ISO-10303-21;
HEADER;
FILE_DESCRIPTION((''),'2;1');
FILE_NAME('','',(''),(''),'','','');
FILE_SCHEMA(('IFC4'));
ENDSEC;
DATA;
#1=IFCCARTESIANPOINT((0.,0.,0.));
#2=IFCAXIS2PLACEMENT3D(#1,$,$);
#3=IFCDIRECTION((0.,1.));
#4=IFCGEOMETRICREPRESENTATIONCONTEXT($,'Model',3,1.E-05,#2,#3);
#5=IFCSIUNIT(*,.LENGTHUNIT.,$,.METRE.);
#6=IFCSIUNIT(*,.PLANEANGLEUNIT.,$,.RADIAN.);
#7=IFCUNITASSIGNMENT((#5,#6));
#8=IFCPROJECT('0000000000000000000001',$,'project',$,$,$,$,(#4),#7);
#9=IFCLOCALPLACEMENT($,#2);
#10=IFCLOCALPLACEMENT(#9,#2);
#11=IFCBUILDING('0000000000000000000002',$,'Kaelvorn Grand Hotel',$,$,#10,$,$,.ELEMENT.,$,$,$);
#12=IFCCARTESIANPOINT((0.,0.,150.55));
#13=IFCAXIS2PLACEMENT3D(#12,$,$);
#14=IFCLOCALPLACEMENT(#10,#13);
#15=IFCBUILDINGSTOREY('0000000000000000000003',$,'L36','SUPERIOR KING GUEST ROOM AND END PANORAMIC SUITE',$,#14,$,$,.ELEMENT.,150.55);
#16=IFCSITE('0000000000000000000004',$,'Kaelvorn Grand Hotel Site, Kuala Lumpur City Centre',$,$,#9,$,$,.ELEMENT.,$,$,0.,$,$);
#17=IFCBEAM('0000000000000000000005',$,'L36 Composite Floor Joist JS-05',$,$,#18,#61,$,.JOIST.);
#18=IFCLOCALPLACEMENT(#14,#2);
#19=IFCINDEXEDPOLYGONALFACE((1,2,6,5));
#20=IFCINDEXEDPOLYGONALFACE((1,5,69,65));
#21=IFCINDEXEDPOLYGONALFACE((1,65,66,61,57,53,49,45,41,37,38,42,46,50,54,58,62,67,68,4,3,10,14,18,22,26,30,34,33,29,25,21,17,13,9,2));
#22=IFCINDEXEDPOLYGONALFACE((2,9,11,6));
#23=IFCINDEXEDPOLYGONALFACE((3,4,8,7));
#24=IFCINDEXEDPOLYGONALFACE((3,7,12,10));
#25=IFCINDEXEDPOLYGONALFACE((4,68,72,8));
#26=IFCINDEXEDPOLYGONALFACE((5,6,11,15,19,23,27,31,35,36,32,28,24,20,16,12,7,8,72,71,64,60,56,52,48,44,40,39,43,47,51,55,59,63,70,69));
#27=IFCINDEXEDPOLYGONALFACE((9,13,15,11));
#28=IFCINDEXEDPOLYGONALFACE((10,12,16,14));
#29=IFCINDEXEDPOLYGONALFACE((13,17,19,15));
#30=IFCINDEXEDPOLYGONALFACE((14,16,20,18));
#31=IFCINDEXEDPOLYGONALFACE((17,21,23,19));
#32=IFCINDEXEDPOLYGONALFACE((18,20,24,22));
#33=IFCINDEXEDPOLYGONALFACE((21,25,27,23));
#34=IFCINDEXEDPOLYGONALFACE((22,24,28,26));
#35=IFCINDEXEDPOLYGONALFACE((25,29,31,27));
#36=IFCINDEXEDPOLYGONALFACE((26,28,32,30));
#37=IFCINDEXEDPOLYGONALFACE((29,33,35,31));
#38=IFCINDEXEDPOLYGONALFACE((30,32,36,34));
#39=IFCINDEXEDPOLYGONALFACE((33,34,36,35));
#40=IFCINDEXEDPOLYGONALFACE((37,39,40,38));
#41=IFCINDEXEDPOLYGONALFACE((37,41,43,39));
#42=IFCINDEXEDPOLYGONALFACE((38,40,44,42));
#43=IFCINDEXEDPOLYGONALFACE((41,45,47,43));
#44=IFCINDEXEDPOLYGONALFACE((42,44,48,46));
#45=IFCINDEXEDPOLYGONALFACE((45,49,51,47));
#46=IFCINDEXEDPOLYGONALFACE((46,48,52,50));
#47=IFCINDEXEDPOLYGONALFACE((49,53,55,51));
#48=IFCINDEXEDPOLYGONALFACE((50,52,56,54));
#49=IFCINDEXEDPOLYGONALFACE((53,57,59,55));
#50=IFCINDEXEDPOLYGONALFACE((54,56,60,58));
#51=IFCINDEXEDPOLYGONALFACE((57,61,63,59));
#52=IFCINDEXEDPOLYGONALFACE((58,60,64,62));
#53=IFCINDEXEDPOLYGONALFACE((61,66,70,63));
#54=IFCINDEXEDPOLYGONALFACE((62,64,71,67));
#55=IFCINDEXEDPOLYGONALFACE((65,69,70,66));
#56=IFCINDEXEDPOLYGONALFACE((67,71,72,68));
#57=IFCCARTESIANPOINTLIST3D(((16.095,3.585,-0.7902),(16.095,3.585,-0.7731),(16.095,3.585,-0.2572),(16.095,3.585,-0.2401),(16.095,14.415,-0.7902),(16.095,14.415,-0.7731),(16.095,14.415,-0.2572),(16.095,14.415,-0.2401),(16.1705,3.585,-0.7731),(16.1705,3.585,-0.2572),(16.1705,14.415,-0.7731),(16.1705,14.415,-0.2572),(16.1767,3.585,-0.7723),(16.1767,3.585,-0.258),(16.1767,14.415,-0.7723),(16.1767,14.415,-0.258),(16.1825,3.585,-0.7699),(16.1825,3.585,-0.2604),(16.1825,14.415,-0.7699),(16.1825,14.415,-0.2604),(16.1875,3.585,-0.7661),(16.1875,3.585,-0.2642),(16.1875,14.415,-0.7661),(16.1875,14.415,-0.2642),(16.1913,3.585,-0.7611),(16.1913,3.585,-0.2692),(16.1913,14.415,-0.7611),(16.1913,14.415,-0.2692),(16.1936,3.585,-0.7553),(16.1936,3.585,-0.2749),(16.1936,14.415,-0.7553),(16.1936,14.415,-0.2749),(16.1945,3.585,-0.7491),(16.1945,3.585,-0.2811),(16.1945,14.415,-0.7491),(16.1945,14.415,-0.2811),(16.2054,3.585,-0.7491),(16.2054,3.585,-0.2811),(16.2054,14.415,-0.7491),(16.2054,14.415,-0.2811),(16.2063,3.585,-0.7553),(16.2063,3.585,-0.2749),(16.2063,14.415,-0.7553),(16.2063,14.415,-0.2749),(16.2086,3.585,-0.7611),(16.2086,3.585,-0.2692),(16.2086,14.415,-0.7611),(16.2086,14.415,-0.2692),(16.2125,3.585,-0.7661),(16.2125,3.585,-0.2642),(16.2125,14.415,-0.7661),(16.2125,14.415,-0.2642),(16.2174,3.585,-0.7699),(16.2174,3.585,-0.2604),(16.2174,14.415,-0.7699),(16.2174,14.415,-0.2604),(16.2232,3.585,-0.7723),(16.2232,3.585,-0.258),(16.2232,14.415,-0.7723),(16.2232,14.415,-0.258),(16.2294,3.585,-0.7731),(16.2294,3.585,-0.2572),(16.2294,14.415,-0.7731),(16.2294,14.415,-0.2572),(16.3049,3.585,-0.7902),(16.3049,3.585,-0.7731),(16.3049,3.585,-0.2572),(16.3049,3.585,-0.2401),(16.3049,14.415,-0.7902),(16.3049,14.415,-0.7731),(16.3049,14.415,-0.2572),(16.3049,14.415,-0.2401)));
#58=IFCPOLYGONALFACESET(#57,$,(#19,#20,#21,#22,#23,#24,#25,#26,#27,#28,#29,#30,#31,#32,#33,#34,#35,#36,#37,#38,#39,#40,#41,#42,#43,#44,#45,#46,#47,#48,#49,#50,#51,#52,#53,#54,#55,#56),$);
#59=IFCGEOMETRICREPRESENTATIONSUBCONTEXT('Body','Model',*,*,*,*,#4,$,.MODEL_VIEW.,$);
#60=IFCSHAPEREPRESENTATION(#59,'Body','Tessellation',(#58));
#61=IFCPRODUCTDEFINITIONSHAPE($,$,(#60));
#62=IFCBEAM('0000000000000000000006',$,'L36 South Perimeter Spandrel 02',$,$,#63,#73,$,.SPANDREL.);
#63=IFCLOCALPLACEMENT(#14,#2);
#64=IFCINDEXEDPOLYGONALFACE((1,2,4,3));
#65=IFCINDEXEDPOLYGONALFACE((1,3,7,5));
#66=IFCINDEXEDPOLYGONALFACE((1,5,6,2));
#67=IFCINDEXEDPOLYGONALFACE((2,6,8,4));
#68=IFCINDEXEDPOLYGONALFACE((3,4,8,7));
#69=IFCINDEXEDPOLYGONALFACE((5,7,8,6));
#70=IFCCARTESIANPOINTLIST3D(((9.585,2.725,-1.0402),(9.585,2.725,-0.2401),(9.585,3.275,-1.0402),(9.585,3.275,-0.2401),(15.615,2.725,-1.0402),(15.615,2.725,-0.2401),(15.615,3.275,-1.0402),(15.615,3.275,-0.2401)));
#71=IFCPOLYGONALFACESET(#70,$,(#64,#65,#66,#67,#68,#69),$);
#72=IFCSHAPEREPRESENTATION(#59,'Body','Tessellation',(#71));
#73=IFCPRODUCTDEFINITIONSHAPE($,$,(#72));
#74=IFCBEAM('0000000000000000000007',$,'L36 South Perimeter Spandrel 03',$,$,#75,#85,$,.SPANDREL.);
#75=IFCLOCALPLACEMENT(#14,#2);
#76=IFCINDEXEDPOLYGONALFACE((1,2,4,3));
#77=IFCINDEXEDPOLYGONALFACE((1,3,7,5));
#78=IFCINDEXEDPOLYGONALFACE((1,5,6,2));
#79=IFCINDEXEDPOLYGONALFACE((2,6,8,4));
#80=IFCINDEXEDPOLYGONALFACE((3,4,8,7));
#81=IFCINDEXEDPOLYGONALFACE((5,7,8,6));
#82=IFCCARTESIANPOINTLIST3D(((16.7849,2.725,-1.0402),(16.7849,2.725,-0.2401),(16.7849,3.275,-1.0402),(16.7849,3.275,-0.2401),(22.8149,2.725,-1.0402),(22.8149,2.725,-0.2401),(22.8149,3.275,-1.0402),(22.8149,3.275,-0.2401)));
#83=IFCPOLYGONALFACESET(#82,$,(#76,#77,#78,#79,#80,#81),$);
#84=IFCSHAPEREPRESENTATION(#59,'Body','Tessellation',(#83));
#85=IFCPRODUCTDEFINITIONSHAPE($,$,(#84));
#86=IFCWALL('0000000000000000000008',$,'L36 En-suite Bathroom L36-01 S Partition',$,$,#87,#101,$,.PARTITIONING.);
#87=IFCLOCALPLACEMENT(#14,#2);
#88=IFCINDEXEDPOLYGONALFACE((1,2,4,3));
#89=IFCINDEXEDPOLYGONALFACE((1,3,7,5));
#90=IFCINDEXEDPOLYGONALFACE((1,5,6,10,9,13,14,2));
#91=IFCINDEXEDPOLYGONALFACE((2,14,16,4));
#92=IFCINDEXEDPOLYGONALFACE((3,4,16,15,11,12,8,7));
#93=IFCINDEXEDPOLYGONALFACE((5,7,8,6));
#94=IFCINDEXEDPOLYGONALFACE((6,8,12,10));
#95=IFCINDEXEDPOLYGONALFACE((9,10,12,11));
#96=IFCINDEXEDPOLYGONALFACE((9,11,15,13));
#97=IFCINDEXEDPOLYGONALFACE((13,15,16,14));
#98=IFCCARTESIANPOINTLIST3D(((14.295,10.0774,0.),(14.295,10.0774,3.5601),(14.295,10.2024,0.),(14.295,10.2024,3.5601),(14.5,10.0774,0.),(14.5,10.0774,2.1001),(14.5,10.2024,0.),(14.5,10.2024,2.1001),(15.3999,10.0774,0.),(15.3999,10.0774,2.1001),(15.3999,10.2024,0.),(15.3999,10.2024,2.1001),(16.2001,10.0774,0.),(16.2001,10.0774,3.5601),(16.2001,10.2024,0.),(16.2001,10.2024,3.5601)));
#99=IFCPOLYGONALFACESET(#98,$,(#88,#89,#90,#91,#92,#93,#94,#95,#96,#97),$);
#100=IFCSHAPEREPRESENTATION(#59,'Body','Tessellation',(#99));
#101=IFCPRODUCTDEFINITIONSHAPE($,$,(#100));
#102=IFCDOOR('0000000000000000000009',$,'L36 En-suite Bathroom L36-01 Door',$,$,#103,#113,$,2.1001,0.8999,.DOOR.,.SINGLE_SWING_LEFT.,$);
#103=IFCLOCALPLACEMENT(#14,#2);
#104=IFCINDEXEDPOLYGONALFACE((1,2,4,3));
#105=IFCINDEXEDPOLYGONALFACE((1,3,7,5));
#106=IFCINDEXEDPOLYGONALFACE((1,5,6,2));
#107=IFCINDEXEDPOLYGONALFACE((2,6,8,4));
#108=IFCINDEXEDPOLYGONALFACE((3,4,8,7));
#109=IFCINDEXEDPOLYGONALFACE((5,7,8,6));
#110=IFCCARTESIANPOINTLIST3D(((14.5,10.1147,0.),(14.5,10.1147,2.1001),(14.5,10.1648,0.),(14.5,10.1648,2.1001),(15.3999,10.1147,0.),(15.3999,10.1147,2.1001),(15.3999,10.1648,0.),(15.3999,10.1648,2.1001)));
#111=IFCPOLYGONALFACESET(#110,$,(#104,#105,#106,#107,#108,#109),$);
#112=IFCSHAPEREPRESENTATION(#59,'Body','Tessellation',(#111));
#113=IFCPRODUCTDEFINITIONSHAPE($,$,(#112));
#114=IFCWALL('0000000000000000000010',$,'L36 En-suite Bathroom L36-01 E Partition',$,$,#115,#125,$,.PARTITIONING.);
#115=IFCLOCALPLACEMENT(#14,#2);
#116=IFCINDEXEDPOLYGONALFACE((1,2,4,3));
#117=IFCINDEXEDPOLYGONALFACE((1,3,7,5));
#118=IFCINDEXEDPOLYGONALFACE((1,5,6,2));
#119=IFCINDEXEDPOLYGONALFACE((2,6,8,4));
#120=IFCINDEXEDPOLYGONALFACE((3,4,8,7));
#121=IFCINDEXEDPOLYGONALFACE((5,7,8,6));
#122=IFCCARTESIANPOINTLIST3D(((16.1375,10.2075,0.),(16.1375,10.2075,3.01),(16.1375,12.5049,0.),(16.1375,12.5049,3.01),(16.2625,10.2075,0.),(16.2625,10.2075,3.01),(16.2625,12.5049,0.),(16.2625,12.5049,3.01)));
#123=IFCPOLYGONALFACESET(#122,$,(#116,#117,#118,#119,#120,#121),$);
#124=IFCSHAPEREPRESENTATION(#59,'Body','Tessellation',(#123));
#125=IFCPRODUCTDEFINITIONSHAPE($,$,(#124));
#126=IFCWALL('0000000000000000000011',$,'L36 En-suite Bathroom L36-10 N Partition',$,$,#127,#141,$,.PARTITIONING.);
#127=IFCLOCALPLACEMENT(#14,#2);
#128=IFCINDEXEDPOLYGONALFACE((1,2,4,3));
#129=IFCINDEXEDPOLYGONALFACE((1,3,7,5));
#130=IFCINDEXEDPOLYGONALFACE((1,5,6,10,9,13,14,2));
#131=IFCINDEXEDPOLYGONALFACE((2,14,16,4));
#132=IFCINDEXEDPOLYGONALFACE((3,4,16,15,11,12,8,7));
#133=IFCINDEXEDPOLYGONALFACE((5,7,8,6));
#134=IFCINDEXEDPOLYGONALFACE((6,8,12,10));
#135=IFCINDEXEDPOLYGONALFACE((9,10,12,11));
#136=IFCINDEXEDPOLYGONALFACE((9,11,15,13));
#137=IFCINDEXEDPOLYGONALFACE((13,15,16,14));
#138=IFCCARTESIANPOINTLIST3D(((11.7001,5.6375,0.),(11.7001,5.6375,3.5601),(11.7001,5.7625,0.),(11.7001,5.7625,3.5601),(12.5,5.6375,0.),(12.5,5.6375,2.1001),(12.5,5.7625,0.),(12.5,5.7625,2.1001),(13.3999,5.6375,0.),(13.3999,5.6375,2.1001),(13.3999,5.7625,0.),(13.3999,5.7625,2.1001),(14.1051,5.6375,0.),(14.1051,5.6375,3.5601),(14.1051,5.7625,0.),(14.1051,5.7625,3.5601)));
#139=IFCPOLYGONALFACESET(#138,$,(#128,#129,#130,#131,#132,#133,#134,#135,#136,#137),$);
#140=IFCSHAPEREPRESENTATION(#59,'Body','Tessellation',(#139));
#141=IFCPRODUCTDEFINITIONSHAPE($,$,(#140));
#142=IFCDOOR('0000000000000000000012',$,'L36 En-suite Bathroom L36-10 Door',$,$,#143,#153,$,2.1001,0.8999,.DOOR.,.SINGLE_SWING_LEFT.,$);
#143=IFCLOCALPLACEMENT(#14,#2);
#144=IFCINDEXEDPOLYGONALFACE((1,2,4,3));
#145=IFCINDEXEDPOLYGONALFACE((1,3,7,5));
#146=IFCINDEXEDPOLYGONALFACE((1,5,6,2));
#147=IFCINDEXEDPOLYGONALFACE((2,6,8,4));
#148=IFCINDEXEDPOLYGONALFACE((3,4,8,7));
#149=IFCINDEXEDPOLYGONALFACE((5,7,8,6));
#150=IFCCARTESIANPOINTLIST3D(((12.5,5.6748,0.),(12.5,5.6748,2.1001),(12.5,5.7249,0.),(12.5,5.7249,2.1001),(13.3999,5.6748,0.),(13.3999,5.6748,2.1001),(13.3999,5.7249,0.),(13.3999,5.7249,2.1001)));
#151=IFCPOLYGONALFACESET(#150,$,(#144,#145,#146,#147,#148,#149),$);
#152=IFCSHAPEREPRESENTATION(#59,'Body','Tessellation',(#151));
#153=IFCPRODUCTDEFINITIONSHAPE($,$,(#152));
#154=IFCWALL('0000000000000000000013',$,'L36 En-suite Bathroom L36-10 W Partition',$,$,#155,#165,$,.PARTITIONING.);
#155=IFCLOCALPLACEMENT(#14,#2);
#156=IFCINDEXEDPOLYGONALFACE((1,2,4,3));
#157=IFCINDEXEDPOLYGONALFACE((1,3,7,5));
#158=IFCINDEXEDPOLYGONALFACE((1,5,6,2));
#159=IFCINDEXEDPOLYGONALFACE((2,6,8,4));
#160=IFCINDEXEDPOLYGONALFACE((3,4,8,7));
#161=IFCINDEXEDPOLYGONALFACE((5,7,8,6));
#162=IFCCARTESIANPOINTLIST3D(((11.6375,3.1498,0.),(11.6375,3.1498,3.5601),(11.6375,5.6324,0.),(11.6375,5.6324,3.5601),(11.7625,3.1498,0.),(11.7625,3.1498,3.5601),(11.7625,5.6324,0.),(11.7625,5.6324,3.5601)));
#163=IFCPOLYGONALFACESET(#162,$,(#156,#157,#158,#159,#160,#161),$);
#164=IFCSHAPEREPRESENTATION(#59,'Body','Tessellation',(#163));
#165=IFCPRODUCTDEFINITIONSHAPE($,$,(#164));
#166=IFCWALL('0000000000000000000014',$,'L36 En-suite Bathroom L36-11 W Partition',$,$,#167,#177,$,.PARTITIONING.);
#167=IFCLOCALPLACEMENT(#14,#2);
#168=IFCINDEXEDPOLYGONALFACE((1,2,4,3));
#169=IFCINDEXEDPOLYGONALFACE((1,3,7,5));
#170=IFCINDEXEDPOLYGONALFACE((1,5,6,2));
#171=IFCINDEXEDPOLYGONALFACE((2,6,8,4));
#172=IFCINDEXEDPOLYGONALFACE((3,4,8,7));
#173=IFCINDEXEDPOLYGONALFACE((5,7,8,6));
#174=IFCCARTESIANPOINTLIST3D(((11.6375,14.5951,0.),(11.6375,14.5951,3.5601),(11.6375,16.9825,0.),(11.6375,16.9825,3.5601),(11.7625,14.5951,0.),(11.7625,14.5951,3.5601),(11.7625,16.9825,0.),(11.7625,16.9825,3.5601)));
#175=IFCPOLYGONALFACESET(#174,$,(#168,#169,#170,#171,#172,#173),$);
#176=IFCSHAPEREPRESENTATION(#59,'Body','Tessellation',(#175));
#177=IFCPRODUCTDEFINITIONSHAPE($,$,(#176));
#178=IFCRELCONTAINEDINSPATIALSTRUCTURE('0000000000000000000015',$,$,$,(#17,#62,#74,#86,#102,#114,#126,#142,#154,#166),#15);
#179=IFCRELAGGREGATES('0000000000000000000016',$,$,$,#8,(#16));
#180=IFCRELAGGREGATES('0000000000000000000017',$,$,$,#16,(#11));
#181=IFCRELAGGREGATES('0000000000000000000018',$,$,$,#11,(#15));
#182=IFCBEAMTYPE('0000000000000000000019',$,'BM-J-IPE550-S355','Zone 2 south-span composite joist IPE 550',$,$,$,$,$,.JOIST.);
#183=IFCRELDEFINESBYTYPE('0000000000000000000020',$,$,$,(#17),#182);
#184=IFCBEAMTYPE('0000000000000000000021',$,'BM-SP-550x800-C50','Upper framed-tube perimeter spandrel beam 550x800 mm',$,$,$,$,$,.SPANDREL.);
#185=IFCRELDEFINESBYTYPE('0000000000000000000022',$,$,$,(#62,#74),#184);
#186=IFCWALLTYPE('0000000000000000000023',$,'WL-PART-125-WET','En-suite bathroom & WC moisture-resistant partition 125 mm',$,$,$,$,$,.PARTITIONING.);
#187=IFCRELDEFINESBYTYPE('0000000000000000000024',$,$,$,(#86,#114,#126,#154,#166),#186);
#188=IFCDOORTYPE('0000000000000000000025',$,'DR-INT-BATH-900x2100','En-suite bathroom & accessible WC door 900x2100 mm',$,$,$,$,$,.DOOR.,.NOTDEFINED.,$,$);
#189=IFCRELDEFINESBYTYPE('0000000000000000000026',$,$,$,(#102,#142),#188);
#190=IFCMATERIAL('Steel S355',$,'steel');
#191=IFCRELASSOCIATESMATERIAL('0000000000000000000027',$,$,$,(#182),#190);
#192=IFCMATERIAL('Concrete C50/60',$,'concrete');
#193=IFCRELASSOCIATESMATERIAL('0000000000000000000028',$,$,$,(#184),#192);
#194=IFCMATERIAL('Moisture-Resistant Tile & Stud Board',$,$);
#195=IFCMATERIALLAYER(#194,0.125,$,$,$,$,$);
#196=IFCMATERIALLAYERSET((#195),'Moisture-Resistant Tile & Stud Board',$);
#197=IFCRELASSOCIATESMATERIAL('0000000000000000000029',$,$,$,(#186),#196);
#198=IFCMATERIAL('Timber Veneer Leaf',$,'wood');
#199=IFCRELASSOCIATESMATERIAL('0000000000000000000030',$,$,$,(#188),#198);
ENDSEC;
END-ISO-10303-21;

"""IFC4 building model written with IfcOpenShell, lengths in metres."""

from ifc_helpers import new_model, si_unit, direction, frame, frame_2d, origin, origin_2d, place, context, subcontext, project, spatial, rectangle, i_section, extrude, material, layer, layer_set, material_profile, profile_set, type_object, element, fill, save


model = new_model("IFC4")

# Units and contexts
model_context = context("Model", 3, precision=1e-05, world=origin(), true_north=direction((0.0, 1.0)))
body_context = subcontext(model_context, "Body", "Model", "MODEL_VIEW")
ifc_project = project(units=[si_unit("LENGTHUNIT", "METRE"), si_unit("PLANEANGLEUNIT", "RADIAN")], contexts=[model_context])

# Site, building, storey
site_placement = place(None, origin())
site = spatial("IfcSite", under=ifc_project, at=site_placement, Name="Kaelvorn Grand Hotel Site, Kuala Lumpur City Centre", CompositionType="ELEMENT", RefElevation=0.0)
building_placement = place(site_placement, origin())
building = spatial("IfcBuilding", under=site, at=building_placement, Name="Kaelvorn Grand Hotel", CompositionType="ELEMENT")
storey_placement = place(building_placement, frame((0.0, 0.0, 150.55)))
storey = spatial("IfcBuildingStorey", under=building, at=storey_placement, Name="L36", Description="SUPERIOR KING GUEST ROOM AND END PANORAMIC SUITE", CompositionType="ELEMENT", Elevation=150.55)

# Beams
ifc_material_1 = material(Name="Steel S355", Category="steel")
ifc_material_profile_1 = material_profile(ifc_material_1, i_section(OverallWidth=0.21, OverallDepth=0.55, WebThickness=0.011, FlangeThickness=0.0171, FilletRadius=0.0239, at=origin_2d()), Name="IPE 550")
ifc_profile_set_1 = profile_set([ifc_material_profile_1], Name="Steel S355")
beam_type_1 = type_object("IfcBeamType", Name="BM-J-IPE550-S355", Description="Zone 2 south-span composite joist IPE 550", PredefinedType="JOIST", material=ifc_profile_set_1)
beam_1_placement = place(storey_placement, frame((16.2, 3.585, -0.5151), z_axis=(0.0, 1.0, 0.0), x_axis=(-1.0, 0.0, 0.0)))
element("IfcBeam", 1, at=beam_1_placement, inside=storey, type_object=beam_type_1, Name="L36 Composite Floor Joist JS-05", PredefinedType="JOIST", context=body_context, shape_type="SweptSolid", body=[
    extrude(i_section(OverallWidth=0.21, OverallDepth=0.55, WebThickness=0.011, FlangeThickness=0.0171, FilletRadius=0.0239, at=origin_2d()), origin(), (0.0, 0.0, 1.0), 10.8301),
])
ifc_material_2 = material(Name="Concrete C50/60", Category="concrete")
ifc_material_profile_2 = material_profile(ifc_material_2, rectangle(XDim=0.55, YDim=0.8, at=origin_2d()), Name="RC SPANDREL 550x800")
ifc_profile_set_2 = profile_set([ifc_material_profile_2], Name="Concrete C50/60")
beam_type_2 = type_object("IfcBeamType", Name="BM-SP-550x800-C50", Description="Upper framed-tube perimeter spandrel beam 550x800 mm", PredefinedType="SPANDREL", material=ifc_profile_set_2)
for number, where, z_axis, x_axis, name in (
    (2, (9.585, 3.0, -0.6401), (1.0, 0.0, 0.0), (0.0, 1.0, 0.0), "L36 South Perimeter Spandrel 02"),
    (3, (16.7849, 3.0, -0.6401), (1.0, 0.0, 0.0), (0.0, 1.0, 0.0), "L36 South Perimeter Spandrel 03"),
):
    element("IfcBeam", number, at=place(storey_placement, frame(where, z_axis=z_axis, x_axis=x_axis)), inside=storey, type_object=beam_type_2, Name=name, PredefinedType="SPANDREL", context=body_context, shape_type="SweptSolid", body=[
        extrude(rectangle(XDim=0.55, YDim=0.8, at=origin_2d()), origin(), (0.0, 0.0, 1.0), 6.03),
    ])

# Wall, opening, door
ifc_material_3 = material(Name="Moisture-Resistant Tile & Stud Board")
ifc_layer_1 = layer(ifc_material_3, 0.125)
ifc_layer_set_1 = layer_set([ifc_layer_1], Name="Moisture-Resistant Tile & Stud Board")
wall_type_1 = type_object("IfcWallType", Name="WL-PART-125-WET", Description="En-suite bathroom & WC moisture-resistant partition 125 mm", PredefinedType="PARTITIONING", material=ifc_layer_set_1)
wall_1_placement = place(storey_placement, frame((14.2949, 10.1399, 0.0), z_axis=(0.0, 0.0, 1.0), x_axis=(1.0, 0.0, 0.0)))
wall_1 = element("IfcWall", 4, at=wall_1_placement, inside=storey, type_object=wall_type_1, Name="L36 En-suite Bathroom L36-01 S Partition", PredefinedType="PARTITIONING", context=body_context, shape_type="SweptSolid", body=[
    extrude(rectangle(XDim=1.905, YDim=0.125, at=frame_2d((0.9526, 0.0))), origin(), (0.0, 0.0, 1.0), 3.5601),
])
opening_1_placement = place(wall_1_placement, frame((0.2051, 0.0, 0.0)))
opening_1 = element("IfcOpeningElement", 5, at=opening_1_placement, cuts=wall_1, PredefinedType="OPENING", context=body_context, shape_type="SweptSolid", body=[
    extrude(rectangle(XDim=0.8999, YDim=2.1001, at=frame_2d((0.45, 1.05))), frame((0.0, 0.0725, 0.0), z_axis=(0.0, -1.0, 0.0), x_axis=(1.0, 0.0, 0.0)), (0.0, 0.0, 1.0), 0.145),
])
ifc_material_4 = material(Name="Timber Veneer Leaf", Category="wood")
door_type_1 = type_object("IfcDoorType", Name="DR-INT-BATH-900x2100", Description="En-suite bathroom & accessible WC door 900x2100 mm", OperationType="NOTDEFINED", PredefinedType="DOOR", material=ifc_material_4)
door_1_placement = place(opening_1_placement, origin())
door_1 = element("IfcDoor", 6, at=door_1_placement, inside=storey, type_object=door_type_1, Name="L36 En-suite Bathroom L36-01 Door", OperationType="SINGLE_SWING_LEFT", OverallHeight=2.1001, OverallWidth=0.8999, PredefinedType="DOOR", context=body_context, shape_type="SweptSolid", body=[
    extrude(rectangle(XDim=0.8999, YDim=2.1001, at=frame_2d((0.45, 1.05))), frame((0.0, 0.0249, 0.0), z_axis=(0.0, -1.0, 0.0), x_axis=(1.0, 0.0, 0.0)), (0.0, 0.0, 1.0), 0.05),
])
fill(opening_1, door_1)

# Wall
wall_2_placement = place(storey_placement, frame((16.2, 10.2075, 0.0), z_axis=(0.0, 0.0, 1.0), x_axis=(0.0, 1.0, 0.0)))
element("IfcWall", 7, at=wall_2_placement, inside=storey, type_object=wall_type_1, Name="L36 En-suite Bathroom L36-01 E Partition", PredefinedType="PARTITIONING", context=body_context, shape_type="SweptSolid", body=[
    extrude(rectangle(XDim=2.2974, YDim=0.125, at=frame_2d((1.1487, 0.0))), origin(), (0.0, 0.0, 1.0), 3.01),
])

# Wall, opening, door
wall_3_placement = place(storey_placement, frame((11.7, 5.7, 0.0), z_axis=(0.0, 0.0, 1.0), x_axis=(1.0, 0.0, 0.0)))
wall_3 = element("IfcWall", 8, at=wall_3_placement, inside=storey, type_object=wall_type_1, Name="L36 En-suite Bathroom L36-10 N Partition", PredefinedType="PARTITIONING", context=body_context, shape_type="SweptSolid", body=[
    extrude(rectangle(XDim=2.405, YDim=0.125, at=frame_2d((1.2026, 0.0))), origin(), (0.0, 0.0, 1.0), 3.5601),
])
opening_2_placement = place(wall_3_placement, frame((0.8, 0.0, 0.0)))
opening_2 = element("IfcOpeningElement", 9, at=opening_2_placement, cuts=wall_3, PredefinedType="OPENING", context=body_context, shape_type="SweptSolid", body=[
    extrude(rectangle(XDim=0.8999, YDim=2.1001, at=frame_2d((0.45, 1.05))), frame((0.0, 0.0725, 0.0), z_axis=(0.0, -1.0, 0.0), x_axis=(1.0, 0.0, 0.0)), (0.0, 0.0, 1.0), 0.145),
])
door_2_placement = place(opening_2_placement, origin())
door_2 = element("IfcDoor", 10, at=door_2_placement, inside=storey, type_object=door_type_1, Name="L36 En-suite Bathroom L36-10 Door", OperationType="SINGLE_SWING_LEFT", OverallHeight=2.1001, OverallWidth=0.8999, PredefinedType="DOOR", context=body_context, shape_type="SweptSolid", body=[
    extrude(rectangle(XDim=0.8999, YDim=2.1001, at=frame_2d((0.45, 1.05))), frame((0.0, 0.0249, 0.0), z_axis=(0.0, -1.0, 0.0), x_axis=(1.0, 0.0, 0.0)), (0.0, 0.0, 1.0), 0.05),
])
fill(opening_2, door_2)

# Walls
wall_4_placement = place(storey_placement, frame((11.7, 3.1499, 0.0), z_axis=(0.0, 0.0, 1.0), x_axis=(0.0, 1.0, 0.0)))
element("IfcWall", 11, at=wall_4_placement, inside=storey, type_object=wall_type_1, Name="L36 En-suite Bathroom L36-10 W Partition", PredefinedType="PARTITIONING", context=body_context, shape_type="SweptSolid", body=[
    extrude(rectangle(XDim=2.4827, YDim=0.125, at=frame_2d((1.2412, 0.0))), origin(), (0.0, 0.0, 1.0), 3.5601),
])
wall_5_placement = place(storey_placement, frame((11.7, 14.595, 0.0), z_axis=(0.0, 0.0, 1.0), x_axis=(0.0, 1.0, 0.0)))
element("IfcWall", 12, at=wall_5_placement, inside=storey, type_object=wall_type_1, Name="L36 En-suite Bathroom L36-11 W Partition", PredefinedType="PARTITIONING", context=body_context, shape_type="SweptSolid", body=[
    extrude(rectangle(XDim=2.3875, YDim=0.125, at=frame_2d((1.1938, 0.0))), origin(), (0.0, 0.0, 1.0), 3.5601),
])

save(model, "model.ifc")
